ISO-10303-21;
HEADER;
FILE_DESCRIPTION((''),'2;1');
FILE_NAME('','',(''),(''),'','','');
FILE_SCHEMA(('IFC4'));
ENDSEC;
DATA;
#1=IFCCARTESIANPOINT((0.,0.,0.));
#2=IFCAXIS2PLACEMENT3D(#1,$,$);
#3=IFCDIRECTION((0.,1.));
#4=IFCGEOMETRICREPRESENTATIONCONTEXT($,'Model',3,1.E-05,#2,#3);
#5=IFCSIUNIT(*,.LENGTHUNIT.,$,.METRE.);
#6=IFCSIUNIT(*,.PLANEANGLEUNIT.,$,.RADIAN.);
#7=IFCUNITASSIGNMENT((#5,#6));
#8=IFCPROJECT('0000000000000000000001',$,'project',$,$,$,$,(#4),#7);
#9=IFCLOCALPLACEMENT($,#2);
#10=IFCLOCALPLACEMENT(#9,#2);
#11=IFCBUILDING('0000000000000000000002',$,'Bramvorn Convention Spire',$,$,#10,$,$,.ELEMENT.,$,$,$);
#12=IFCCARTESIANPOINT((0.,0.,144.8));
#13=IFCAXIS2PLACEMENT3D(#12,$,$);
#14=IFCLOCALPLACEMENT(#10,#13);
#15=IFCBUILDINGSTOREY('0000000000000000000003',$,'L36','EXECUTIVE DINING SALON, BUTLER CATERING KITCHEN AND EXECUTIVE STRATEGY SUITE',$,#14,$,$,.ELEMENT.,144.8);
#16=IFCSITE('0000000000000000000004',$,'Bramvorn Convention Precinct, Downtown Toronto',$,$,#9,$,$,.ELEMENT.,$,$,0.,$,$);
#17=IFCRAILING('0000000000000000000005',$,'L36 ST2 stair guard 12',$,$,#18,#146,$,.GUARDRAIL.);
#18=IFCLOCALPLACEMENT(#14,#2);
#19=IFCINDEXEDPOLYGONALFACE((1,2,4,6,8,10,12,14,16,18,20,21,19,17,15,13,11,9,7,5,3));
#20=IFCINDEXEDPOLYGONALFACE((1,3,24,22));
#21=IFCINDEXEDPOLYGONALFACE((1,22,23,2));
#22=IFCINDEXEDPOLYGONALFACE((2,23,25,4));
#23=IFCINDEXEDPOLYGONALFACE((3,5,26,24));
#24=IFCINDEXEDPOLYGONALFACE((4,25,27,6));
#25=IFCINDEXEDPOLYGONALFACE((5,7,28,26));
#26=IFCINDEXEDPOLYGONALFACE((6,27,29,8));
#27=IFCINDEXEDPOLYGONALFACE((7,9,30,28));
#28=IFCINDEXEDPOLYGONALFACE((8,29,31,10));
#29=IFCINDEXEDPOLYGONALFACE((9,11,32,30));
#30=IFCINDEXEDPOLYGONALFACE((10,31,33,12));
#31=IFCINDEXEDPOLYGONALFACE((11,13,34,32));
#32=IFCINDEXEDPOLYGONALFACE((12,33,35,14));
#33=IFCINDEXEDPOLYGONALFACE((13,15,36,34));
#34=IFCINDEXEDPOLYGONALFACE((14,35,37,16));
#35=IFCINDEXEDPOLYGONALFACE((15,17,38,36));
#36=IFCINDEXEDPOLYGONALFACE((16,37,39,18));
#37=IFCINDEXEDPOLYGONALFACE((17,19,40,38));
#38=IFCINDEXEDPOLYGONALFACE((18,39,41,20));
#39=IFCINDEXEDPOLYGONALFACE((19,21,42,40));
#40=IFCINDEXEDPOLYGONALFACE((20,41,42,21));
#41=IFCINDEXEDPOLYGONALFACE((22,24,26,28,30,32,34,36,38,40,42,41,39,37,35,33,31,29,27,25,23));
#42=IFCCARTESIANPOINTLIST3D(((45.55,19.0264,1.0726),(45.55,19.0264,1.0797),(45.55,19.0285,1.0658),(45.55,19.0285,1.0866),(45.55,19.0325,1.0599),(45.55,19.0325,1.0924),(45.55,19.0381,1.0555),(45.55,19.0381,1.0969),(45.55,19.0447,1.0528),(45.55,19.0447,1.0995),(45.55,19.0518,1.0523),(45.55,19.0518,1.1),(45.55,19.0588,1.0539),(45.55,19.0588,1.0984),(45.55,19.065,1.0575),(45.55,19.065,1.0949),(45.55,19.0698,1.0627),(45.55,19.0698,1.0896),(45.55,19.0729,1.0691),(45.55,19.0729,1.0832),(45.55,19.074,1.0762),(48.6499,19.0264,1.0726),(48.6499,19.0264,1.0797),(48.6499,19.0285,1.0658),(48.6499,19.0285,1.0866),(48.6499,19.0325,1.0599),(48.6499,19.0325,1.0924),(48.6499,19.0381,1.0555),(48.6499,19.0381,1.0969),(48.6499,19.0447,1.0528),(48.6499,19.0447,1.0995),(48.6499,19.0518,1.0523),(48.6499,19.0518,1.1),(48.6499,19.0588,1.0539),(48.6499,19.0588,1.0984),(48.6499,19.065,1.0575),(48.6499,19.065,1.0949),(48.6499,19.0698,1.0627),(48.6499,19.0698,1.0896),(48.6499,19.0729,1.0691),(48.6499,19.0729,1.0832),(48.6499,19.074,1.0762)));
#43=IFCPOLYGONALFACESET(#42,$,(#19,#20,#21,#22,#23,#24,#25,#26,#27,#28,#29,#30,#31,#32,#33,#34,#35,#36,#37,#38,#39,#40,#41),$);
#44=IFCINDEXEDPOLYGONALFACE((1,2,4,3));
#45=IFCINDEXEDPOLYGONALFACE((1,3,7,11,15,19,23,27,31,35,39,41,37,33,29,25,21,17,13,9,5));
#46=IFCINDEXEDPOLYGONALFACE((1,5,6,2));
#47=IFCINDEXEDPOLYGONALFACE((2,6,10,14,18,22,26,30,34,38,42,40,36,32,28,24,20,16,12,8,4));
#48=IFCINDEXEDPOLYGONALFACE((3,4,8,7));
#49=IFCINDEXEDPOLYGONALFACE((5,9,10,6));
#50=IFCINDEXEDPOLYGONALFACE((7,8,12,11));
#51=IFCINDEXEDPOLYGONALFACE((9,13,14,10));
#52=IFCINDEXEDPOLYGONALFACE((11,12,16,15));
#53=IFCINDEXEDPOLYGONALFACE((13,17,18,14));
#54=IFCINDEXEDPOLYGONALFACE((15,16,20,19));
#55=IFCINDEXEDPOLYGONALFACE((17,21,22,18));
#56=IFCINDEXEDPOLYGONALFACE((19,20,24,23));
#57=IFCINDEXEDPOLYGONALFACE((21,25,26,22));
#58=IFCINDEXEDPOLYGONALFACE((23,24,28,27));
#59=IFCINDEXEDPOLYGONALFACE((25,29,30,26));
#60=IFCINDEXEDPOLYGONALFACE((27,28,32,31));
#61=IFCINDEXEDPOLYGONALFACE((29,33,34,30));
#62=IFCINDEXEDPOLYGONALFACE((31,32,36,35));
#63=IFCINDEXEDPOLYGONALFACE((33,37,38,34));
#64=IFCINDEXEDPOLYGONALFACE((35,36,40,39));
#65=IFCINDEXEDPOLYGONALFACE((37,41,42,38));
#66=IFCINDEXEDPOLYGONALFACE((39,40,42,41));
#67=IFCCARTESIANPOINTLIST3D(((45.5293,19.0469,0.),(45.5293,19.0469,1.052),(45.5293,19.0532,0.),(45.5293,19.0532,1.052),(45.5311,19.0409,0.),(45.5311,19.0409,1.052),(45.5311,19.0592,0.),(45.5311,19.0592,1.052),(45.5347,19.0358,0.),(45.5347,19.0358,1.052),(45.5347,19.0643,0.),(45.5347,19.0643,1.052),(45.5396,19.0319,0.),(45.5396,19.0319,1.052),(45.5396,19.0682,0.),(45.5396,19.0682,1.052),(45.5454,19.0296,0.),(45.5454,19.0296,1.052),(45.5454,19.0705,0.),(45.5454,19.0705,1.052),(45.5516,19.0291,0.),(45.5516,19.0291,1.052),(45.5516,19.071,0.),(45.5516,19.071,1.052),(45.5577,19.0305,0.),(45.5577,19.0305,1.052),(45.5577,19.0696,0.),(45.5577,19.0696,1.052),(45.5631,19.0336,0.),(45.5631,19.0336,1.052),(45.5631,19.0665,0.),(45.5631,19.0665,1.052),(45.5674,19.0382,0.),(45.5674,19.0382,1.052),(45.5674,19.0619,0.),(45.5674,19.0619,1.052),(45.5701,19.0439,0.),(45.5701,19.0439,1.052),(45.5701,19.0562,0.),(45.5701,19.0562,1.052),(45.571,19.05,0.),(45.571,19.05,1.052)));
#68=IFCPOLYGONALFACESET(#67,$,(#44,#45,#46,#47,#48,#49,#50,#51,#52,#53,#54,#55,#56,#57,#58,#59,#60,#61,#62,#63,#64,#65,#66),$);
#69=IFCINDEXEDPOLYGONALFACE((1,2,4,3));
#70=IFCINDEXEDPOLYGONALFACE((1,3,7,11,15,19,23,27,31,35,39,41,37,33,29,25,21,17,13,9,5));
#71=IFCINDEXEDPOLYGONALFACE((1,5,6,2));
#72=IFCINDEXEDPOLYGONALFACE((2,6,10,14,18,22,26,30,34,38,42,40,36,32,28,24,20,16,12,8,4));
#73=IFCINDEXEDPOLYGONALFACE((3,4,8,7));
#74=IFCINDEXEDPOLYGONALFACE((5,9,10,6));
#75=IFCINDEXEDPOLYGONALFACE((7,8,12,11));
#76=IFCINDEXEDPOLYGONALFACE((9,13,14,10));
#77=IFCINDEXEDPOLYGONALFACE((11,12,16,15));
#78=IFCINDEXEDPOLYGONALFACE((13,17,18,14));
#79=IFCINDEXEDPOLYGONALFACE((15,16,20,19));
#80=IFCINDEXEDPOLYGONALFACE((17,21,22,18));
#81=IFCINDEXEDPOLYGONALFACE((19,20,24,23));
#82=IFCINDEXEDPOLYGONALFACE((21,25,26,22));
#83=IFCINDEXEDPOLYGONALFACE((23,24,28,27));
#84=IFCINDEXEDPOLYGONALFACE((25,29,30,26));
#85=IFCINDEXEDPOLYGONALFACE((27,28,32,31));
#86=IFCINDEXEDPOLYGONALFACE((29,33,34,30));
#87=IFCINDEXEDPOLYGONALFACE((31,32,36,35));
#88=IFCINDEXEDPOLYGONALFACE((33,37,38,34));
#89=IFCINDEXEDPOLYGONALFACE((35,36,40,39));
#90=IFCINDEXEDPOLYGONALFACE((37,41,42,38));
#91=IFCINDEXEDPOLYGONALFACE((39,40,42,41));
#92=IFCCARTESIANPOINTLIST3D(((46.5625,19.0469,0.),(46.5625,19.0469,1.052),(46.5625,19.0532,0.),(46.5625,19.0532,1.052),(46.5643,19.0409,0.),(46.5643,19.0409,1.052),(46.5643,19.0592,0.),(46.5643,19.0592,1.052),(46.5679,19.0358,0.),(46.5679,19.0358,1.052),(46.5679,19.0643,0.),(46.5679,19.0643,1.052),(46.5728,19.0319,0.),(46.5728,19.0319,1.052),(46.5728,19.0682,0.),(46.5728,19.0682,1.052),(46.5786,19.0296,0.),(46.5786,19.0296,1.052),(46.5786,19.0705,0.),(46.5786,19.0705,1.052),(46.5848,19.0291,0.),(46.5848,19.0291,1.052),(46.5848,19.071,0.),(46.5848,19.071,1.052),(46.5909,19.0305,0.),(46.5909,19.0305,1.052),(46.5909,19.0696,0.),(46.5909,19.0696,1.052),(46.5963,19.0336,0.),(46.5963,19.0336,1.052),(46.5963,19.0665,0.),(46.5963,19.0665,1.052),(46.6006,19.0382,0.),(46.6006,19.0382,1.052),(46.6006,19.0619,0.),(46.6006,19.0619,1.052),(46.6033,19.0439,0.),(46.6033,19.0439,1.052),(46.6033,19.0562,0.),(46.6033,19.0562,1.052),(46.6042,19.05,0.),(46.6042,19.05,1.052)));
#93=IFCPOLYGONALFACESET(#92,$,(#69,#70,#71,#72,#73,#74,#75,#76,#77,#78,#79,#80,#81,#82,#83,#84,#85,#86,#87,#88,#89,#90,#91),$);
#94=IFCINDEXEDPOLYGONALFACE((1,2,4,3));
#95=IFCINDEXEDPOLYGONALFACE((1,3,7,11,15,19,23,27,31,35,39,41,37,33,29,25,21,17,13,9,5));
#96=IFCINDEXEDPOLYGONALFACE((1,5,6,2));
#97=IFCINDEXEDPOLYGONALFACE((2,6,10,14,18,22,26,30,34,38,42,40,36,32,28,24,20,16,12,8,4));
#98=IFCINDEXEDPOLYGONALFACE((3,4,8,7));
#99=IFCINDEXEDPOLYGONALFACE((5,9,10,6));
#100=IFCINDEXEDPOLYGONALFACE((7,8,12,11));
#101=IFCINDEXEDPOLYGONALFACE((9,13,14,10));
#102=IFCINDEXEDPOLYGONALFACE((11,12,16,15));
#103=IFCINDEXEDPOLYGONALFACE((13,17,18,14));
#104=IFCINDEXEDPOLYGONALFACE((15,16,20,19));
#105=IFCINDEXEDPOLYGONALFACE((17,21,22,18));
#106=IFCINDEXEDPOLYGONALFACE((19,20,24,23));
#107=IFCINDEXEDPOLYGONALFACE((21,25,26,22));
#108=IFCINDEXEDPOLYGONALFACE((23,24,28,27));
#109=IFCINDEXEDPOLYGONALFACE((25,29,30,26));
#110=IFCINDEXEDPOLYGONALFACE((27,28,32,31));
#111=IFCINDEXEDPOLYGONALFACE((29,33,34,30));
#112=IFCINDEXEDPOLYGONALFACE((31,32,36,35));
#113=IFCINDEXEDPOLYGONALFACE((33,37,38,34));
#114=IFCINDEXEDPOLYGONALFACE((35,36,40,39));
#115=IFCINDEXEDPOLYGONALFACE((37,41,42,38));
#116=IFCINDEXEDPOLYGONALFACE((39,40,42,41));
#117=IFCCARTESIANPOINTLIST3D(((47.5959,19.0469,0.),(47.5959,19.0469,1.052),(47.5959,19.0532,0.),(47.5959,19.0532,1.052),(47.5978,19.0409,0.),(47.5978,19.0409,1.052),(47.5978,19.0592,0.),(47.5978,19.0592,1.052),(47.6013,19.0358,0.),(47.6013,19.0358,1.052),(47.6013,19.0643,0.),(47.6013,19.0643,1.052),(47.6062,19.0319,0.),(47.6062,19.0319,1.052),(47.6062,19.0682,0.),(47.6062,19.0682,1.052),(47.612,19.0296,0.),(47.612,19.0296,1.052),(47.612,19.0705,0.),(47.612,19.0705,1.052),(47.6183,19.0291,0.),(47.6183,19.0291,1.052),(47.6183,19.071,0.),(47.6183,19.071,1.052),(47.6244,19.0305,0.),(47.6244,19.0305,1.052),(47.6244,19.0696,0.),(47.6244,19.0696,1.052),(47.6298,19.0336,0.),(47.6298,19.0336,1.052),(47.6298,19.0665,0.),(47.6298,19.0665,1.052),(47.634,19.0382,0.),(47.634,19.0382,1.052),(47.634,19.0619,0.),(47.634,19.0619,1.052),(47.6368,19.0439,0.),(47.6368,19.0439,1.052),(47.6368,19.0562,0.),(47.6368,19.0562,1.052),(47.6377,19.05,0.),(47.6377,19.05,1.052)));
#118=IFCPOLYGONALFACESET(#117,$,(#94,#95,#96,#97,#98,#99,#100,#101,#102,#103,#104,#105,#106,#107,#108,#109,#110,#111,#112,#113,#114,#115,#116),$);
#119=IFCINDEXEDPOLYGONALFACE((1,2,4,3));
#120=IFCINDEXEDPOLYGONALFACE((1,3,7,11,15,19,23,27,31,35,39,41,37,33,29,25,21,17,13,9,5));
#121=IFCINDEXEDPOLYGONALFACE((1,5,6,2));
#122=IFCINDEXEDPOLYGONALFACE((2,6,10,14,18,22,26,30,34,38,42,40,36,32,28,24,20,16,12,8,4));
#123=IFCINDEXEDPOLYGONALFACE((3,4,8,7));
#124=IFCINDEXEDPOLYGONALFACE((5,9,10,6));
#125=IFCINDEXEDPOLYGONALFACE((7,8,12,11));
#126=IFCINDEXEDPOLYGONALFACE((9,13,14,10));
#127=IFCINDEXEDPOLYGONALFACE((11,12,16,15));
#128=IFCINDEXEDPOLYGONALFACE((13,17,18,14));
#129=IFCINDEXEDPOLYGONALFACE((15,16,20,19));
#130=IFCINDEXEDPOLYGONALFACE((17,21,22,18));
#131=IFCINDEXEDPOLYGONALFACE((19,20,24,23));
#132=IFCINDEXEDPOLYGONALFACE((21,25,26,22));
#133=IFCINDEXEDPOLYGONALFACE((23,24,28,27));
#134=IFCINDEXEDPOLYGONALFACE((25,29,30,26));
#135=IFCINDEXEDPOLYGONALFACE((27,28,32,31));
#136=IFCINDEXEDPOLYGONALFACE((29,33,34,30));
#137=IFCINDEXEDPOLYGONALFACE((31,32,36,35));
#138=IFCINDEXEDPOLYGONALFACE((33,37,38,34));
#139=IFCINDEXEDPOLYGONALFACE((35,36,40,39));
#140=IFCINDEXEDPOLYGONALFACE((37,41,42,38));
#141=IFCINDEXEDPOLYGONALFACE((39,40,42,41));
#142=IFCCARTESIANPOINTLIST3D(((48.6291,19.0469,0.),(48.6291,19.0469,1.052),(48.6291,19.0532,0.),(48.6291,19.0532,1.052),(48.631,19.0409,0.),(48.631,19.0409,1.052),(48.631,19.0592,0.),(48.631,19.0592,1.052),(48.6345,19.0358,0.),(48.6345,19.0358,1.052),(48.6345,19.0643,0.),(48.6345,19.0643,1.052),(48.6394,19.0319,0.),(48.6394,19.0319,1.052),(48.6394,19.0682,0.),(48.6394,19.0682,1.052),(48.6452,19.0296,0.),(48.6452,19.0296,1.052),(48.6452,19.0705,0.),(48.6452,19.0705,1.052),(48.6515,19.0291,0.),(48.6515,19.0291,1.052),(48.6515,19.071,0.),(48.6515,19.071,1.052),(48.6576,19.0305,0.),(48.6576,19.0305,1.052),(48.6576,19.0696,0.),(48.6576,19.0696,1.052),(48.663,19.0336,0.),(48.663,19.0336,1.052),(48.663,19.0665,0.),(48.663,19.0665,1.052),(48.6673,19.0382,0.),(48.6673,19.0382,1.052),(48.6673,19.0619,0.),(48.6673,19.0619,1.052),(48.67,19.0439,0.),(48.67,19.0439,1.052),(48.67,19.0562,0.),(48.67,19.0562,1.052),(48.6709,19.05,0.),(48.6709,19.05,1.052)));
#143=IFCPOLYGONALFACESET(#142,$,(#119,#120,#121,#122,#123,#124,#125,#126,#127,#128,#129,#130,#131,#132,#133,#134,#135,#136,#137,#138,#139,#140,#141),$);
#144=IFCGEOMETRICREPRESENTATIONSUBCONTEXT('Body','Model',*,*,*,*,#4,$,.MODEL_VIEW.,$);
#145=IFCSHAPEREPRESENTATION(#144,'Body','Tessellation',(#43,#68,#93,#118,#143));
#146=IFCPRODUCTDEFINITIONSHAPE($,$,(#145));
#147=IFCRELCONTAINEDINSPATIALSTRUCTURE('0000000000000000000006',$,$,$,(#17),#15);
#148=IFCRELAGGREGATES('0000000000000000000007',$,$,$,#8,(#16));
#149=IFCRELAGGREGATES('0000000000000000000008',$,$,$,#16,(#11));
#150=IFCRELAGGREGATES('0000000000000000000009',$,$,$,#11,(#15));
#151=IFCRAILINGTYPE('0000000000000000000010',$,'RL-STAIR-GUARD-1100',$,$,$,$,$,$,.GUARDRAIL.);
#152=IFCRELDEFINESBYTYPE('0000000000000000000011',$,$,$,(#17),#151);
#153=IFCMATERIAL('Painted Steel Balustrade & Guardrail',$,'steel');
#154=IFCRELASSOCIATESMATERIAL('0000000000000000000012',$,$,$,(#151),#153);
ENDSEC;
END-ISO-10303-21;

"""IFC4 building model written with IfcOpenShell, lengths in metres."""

from ifc_helpers import new_model, si_unit, direction, frame, origin, origin_2d, place, context, subcontext, project, spatial, circle, extrude, material, type_object, element, save


model = new_model("IFC4")

# Units and contexts
model_context = context("Model", 3, precision=1e-05, world=origin(), true_north=direction((0.0, 1.0)))
body_context = subcontext(model_context, "Body", "Model", "MODEL_VIEW")
ifc_project = project(units=[si_unit("LENGTHUNIT", "METRE"), si_unit("PLANEANGLEUNIT", "RADIAN")], contexts=[model_context])

# Site, building, storey
site_placement = place(None, origin())
site = spatial("IfcSite", under=ifc_project, at=site_placement, Name="Bramvorn Convention Precinct, Downtown Toronto", CompositionType="ELEMENT", RefElevation=0.0)
building_placement = place(site_placement, origin())
building = spatial("IfcBuilding", under=site, at=building_placement, Name="Bramvorn Convention Spire", CompositionType="ELEMENT")
storey_placement = place(building_placement, frame((0.0, 0.0, 144.8)))
storey = spatial("IfcBuildingStorey", under=building, at=storey_placement, Name="L36", Description="EXECUTIVE DINING SALON, BUTLER CATERING KITCHEN AND EXECUTIVE STRATEGY SUITE", CompositionType="ELEMENT", Elevation=144.8)

# Railing
ifc_material_1 = material(Name="Painted Steel Balustrade & Guardrail", Category="steel")
railing_type_1 = type_object("IfcRailingType", Name="RL-STAIR-GUARD-1100", PredefinedType="GUARDRAIL", material=ifc_material_1)
railing_1_placement = place(storey_placement, frame((45.55, 19.05, 0.0)))
element("IfcRailing", 1, at=railing_1_placement, inside=storey, type_object=railing_type_1, Name="L36 ST2 stair guard 12", PredefinedType="GUARDRAIL", context=body_context, shape_type="SweptSolid", body=[
    extrude(circle(Radius=0.0239, at=origin_2d()), frame((0.0, 0.0, 1.0762), z_axis=(1.0, 0.0, 0.0), x_axis=(0.0, 1.0, 0.0)), (0.0, 0.0, 1.0), 3.0999),
    extrude(circle(Radius=0.021, at=origin_2d()), origin(), (0.0, 0.0, 1.0), 1.052),
    extrude(circle(Radius=0.021, at=origin_2d()), frame((1.0332, 0.0, 0.0)), (0.0, 0.0, 1.0), 1.052),
    extrude(circle(Radius=0.021, at=origin_2d()), frame((2.0667, 0.0, 0.0)), (0.0, 0.0, 1.0), 1.052),
    extrude(circle(Radius=0.021, at=origin_2d()), frame((3.0999, 0.0, 0.0)), (0.0, 0.0, 1.0), 1.052),
])

save(model, "model.ifc")
